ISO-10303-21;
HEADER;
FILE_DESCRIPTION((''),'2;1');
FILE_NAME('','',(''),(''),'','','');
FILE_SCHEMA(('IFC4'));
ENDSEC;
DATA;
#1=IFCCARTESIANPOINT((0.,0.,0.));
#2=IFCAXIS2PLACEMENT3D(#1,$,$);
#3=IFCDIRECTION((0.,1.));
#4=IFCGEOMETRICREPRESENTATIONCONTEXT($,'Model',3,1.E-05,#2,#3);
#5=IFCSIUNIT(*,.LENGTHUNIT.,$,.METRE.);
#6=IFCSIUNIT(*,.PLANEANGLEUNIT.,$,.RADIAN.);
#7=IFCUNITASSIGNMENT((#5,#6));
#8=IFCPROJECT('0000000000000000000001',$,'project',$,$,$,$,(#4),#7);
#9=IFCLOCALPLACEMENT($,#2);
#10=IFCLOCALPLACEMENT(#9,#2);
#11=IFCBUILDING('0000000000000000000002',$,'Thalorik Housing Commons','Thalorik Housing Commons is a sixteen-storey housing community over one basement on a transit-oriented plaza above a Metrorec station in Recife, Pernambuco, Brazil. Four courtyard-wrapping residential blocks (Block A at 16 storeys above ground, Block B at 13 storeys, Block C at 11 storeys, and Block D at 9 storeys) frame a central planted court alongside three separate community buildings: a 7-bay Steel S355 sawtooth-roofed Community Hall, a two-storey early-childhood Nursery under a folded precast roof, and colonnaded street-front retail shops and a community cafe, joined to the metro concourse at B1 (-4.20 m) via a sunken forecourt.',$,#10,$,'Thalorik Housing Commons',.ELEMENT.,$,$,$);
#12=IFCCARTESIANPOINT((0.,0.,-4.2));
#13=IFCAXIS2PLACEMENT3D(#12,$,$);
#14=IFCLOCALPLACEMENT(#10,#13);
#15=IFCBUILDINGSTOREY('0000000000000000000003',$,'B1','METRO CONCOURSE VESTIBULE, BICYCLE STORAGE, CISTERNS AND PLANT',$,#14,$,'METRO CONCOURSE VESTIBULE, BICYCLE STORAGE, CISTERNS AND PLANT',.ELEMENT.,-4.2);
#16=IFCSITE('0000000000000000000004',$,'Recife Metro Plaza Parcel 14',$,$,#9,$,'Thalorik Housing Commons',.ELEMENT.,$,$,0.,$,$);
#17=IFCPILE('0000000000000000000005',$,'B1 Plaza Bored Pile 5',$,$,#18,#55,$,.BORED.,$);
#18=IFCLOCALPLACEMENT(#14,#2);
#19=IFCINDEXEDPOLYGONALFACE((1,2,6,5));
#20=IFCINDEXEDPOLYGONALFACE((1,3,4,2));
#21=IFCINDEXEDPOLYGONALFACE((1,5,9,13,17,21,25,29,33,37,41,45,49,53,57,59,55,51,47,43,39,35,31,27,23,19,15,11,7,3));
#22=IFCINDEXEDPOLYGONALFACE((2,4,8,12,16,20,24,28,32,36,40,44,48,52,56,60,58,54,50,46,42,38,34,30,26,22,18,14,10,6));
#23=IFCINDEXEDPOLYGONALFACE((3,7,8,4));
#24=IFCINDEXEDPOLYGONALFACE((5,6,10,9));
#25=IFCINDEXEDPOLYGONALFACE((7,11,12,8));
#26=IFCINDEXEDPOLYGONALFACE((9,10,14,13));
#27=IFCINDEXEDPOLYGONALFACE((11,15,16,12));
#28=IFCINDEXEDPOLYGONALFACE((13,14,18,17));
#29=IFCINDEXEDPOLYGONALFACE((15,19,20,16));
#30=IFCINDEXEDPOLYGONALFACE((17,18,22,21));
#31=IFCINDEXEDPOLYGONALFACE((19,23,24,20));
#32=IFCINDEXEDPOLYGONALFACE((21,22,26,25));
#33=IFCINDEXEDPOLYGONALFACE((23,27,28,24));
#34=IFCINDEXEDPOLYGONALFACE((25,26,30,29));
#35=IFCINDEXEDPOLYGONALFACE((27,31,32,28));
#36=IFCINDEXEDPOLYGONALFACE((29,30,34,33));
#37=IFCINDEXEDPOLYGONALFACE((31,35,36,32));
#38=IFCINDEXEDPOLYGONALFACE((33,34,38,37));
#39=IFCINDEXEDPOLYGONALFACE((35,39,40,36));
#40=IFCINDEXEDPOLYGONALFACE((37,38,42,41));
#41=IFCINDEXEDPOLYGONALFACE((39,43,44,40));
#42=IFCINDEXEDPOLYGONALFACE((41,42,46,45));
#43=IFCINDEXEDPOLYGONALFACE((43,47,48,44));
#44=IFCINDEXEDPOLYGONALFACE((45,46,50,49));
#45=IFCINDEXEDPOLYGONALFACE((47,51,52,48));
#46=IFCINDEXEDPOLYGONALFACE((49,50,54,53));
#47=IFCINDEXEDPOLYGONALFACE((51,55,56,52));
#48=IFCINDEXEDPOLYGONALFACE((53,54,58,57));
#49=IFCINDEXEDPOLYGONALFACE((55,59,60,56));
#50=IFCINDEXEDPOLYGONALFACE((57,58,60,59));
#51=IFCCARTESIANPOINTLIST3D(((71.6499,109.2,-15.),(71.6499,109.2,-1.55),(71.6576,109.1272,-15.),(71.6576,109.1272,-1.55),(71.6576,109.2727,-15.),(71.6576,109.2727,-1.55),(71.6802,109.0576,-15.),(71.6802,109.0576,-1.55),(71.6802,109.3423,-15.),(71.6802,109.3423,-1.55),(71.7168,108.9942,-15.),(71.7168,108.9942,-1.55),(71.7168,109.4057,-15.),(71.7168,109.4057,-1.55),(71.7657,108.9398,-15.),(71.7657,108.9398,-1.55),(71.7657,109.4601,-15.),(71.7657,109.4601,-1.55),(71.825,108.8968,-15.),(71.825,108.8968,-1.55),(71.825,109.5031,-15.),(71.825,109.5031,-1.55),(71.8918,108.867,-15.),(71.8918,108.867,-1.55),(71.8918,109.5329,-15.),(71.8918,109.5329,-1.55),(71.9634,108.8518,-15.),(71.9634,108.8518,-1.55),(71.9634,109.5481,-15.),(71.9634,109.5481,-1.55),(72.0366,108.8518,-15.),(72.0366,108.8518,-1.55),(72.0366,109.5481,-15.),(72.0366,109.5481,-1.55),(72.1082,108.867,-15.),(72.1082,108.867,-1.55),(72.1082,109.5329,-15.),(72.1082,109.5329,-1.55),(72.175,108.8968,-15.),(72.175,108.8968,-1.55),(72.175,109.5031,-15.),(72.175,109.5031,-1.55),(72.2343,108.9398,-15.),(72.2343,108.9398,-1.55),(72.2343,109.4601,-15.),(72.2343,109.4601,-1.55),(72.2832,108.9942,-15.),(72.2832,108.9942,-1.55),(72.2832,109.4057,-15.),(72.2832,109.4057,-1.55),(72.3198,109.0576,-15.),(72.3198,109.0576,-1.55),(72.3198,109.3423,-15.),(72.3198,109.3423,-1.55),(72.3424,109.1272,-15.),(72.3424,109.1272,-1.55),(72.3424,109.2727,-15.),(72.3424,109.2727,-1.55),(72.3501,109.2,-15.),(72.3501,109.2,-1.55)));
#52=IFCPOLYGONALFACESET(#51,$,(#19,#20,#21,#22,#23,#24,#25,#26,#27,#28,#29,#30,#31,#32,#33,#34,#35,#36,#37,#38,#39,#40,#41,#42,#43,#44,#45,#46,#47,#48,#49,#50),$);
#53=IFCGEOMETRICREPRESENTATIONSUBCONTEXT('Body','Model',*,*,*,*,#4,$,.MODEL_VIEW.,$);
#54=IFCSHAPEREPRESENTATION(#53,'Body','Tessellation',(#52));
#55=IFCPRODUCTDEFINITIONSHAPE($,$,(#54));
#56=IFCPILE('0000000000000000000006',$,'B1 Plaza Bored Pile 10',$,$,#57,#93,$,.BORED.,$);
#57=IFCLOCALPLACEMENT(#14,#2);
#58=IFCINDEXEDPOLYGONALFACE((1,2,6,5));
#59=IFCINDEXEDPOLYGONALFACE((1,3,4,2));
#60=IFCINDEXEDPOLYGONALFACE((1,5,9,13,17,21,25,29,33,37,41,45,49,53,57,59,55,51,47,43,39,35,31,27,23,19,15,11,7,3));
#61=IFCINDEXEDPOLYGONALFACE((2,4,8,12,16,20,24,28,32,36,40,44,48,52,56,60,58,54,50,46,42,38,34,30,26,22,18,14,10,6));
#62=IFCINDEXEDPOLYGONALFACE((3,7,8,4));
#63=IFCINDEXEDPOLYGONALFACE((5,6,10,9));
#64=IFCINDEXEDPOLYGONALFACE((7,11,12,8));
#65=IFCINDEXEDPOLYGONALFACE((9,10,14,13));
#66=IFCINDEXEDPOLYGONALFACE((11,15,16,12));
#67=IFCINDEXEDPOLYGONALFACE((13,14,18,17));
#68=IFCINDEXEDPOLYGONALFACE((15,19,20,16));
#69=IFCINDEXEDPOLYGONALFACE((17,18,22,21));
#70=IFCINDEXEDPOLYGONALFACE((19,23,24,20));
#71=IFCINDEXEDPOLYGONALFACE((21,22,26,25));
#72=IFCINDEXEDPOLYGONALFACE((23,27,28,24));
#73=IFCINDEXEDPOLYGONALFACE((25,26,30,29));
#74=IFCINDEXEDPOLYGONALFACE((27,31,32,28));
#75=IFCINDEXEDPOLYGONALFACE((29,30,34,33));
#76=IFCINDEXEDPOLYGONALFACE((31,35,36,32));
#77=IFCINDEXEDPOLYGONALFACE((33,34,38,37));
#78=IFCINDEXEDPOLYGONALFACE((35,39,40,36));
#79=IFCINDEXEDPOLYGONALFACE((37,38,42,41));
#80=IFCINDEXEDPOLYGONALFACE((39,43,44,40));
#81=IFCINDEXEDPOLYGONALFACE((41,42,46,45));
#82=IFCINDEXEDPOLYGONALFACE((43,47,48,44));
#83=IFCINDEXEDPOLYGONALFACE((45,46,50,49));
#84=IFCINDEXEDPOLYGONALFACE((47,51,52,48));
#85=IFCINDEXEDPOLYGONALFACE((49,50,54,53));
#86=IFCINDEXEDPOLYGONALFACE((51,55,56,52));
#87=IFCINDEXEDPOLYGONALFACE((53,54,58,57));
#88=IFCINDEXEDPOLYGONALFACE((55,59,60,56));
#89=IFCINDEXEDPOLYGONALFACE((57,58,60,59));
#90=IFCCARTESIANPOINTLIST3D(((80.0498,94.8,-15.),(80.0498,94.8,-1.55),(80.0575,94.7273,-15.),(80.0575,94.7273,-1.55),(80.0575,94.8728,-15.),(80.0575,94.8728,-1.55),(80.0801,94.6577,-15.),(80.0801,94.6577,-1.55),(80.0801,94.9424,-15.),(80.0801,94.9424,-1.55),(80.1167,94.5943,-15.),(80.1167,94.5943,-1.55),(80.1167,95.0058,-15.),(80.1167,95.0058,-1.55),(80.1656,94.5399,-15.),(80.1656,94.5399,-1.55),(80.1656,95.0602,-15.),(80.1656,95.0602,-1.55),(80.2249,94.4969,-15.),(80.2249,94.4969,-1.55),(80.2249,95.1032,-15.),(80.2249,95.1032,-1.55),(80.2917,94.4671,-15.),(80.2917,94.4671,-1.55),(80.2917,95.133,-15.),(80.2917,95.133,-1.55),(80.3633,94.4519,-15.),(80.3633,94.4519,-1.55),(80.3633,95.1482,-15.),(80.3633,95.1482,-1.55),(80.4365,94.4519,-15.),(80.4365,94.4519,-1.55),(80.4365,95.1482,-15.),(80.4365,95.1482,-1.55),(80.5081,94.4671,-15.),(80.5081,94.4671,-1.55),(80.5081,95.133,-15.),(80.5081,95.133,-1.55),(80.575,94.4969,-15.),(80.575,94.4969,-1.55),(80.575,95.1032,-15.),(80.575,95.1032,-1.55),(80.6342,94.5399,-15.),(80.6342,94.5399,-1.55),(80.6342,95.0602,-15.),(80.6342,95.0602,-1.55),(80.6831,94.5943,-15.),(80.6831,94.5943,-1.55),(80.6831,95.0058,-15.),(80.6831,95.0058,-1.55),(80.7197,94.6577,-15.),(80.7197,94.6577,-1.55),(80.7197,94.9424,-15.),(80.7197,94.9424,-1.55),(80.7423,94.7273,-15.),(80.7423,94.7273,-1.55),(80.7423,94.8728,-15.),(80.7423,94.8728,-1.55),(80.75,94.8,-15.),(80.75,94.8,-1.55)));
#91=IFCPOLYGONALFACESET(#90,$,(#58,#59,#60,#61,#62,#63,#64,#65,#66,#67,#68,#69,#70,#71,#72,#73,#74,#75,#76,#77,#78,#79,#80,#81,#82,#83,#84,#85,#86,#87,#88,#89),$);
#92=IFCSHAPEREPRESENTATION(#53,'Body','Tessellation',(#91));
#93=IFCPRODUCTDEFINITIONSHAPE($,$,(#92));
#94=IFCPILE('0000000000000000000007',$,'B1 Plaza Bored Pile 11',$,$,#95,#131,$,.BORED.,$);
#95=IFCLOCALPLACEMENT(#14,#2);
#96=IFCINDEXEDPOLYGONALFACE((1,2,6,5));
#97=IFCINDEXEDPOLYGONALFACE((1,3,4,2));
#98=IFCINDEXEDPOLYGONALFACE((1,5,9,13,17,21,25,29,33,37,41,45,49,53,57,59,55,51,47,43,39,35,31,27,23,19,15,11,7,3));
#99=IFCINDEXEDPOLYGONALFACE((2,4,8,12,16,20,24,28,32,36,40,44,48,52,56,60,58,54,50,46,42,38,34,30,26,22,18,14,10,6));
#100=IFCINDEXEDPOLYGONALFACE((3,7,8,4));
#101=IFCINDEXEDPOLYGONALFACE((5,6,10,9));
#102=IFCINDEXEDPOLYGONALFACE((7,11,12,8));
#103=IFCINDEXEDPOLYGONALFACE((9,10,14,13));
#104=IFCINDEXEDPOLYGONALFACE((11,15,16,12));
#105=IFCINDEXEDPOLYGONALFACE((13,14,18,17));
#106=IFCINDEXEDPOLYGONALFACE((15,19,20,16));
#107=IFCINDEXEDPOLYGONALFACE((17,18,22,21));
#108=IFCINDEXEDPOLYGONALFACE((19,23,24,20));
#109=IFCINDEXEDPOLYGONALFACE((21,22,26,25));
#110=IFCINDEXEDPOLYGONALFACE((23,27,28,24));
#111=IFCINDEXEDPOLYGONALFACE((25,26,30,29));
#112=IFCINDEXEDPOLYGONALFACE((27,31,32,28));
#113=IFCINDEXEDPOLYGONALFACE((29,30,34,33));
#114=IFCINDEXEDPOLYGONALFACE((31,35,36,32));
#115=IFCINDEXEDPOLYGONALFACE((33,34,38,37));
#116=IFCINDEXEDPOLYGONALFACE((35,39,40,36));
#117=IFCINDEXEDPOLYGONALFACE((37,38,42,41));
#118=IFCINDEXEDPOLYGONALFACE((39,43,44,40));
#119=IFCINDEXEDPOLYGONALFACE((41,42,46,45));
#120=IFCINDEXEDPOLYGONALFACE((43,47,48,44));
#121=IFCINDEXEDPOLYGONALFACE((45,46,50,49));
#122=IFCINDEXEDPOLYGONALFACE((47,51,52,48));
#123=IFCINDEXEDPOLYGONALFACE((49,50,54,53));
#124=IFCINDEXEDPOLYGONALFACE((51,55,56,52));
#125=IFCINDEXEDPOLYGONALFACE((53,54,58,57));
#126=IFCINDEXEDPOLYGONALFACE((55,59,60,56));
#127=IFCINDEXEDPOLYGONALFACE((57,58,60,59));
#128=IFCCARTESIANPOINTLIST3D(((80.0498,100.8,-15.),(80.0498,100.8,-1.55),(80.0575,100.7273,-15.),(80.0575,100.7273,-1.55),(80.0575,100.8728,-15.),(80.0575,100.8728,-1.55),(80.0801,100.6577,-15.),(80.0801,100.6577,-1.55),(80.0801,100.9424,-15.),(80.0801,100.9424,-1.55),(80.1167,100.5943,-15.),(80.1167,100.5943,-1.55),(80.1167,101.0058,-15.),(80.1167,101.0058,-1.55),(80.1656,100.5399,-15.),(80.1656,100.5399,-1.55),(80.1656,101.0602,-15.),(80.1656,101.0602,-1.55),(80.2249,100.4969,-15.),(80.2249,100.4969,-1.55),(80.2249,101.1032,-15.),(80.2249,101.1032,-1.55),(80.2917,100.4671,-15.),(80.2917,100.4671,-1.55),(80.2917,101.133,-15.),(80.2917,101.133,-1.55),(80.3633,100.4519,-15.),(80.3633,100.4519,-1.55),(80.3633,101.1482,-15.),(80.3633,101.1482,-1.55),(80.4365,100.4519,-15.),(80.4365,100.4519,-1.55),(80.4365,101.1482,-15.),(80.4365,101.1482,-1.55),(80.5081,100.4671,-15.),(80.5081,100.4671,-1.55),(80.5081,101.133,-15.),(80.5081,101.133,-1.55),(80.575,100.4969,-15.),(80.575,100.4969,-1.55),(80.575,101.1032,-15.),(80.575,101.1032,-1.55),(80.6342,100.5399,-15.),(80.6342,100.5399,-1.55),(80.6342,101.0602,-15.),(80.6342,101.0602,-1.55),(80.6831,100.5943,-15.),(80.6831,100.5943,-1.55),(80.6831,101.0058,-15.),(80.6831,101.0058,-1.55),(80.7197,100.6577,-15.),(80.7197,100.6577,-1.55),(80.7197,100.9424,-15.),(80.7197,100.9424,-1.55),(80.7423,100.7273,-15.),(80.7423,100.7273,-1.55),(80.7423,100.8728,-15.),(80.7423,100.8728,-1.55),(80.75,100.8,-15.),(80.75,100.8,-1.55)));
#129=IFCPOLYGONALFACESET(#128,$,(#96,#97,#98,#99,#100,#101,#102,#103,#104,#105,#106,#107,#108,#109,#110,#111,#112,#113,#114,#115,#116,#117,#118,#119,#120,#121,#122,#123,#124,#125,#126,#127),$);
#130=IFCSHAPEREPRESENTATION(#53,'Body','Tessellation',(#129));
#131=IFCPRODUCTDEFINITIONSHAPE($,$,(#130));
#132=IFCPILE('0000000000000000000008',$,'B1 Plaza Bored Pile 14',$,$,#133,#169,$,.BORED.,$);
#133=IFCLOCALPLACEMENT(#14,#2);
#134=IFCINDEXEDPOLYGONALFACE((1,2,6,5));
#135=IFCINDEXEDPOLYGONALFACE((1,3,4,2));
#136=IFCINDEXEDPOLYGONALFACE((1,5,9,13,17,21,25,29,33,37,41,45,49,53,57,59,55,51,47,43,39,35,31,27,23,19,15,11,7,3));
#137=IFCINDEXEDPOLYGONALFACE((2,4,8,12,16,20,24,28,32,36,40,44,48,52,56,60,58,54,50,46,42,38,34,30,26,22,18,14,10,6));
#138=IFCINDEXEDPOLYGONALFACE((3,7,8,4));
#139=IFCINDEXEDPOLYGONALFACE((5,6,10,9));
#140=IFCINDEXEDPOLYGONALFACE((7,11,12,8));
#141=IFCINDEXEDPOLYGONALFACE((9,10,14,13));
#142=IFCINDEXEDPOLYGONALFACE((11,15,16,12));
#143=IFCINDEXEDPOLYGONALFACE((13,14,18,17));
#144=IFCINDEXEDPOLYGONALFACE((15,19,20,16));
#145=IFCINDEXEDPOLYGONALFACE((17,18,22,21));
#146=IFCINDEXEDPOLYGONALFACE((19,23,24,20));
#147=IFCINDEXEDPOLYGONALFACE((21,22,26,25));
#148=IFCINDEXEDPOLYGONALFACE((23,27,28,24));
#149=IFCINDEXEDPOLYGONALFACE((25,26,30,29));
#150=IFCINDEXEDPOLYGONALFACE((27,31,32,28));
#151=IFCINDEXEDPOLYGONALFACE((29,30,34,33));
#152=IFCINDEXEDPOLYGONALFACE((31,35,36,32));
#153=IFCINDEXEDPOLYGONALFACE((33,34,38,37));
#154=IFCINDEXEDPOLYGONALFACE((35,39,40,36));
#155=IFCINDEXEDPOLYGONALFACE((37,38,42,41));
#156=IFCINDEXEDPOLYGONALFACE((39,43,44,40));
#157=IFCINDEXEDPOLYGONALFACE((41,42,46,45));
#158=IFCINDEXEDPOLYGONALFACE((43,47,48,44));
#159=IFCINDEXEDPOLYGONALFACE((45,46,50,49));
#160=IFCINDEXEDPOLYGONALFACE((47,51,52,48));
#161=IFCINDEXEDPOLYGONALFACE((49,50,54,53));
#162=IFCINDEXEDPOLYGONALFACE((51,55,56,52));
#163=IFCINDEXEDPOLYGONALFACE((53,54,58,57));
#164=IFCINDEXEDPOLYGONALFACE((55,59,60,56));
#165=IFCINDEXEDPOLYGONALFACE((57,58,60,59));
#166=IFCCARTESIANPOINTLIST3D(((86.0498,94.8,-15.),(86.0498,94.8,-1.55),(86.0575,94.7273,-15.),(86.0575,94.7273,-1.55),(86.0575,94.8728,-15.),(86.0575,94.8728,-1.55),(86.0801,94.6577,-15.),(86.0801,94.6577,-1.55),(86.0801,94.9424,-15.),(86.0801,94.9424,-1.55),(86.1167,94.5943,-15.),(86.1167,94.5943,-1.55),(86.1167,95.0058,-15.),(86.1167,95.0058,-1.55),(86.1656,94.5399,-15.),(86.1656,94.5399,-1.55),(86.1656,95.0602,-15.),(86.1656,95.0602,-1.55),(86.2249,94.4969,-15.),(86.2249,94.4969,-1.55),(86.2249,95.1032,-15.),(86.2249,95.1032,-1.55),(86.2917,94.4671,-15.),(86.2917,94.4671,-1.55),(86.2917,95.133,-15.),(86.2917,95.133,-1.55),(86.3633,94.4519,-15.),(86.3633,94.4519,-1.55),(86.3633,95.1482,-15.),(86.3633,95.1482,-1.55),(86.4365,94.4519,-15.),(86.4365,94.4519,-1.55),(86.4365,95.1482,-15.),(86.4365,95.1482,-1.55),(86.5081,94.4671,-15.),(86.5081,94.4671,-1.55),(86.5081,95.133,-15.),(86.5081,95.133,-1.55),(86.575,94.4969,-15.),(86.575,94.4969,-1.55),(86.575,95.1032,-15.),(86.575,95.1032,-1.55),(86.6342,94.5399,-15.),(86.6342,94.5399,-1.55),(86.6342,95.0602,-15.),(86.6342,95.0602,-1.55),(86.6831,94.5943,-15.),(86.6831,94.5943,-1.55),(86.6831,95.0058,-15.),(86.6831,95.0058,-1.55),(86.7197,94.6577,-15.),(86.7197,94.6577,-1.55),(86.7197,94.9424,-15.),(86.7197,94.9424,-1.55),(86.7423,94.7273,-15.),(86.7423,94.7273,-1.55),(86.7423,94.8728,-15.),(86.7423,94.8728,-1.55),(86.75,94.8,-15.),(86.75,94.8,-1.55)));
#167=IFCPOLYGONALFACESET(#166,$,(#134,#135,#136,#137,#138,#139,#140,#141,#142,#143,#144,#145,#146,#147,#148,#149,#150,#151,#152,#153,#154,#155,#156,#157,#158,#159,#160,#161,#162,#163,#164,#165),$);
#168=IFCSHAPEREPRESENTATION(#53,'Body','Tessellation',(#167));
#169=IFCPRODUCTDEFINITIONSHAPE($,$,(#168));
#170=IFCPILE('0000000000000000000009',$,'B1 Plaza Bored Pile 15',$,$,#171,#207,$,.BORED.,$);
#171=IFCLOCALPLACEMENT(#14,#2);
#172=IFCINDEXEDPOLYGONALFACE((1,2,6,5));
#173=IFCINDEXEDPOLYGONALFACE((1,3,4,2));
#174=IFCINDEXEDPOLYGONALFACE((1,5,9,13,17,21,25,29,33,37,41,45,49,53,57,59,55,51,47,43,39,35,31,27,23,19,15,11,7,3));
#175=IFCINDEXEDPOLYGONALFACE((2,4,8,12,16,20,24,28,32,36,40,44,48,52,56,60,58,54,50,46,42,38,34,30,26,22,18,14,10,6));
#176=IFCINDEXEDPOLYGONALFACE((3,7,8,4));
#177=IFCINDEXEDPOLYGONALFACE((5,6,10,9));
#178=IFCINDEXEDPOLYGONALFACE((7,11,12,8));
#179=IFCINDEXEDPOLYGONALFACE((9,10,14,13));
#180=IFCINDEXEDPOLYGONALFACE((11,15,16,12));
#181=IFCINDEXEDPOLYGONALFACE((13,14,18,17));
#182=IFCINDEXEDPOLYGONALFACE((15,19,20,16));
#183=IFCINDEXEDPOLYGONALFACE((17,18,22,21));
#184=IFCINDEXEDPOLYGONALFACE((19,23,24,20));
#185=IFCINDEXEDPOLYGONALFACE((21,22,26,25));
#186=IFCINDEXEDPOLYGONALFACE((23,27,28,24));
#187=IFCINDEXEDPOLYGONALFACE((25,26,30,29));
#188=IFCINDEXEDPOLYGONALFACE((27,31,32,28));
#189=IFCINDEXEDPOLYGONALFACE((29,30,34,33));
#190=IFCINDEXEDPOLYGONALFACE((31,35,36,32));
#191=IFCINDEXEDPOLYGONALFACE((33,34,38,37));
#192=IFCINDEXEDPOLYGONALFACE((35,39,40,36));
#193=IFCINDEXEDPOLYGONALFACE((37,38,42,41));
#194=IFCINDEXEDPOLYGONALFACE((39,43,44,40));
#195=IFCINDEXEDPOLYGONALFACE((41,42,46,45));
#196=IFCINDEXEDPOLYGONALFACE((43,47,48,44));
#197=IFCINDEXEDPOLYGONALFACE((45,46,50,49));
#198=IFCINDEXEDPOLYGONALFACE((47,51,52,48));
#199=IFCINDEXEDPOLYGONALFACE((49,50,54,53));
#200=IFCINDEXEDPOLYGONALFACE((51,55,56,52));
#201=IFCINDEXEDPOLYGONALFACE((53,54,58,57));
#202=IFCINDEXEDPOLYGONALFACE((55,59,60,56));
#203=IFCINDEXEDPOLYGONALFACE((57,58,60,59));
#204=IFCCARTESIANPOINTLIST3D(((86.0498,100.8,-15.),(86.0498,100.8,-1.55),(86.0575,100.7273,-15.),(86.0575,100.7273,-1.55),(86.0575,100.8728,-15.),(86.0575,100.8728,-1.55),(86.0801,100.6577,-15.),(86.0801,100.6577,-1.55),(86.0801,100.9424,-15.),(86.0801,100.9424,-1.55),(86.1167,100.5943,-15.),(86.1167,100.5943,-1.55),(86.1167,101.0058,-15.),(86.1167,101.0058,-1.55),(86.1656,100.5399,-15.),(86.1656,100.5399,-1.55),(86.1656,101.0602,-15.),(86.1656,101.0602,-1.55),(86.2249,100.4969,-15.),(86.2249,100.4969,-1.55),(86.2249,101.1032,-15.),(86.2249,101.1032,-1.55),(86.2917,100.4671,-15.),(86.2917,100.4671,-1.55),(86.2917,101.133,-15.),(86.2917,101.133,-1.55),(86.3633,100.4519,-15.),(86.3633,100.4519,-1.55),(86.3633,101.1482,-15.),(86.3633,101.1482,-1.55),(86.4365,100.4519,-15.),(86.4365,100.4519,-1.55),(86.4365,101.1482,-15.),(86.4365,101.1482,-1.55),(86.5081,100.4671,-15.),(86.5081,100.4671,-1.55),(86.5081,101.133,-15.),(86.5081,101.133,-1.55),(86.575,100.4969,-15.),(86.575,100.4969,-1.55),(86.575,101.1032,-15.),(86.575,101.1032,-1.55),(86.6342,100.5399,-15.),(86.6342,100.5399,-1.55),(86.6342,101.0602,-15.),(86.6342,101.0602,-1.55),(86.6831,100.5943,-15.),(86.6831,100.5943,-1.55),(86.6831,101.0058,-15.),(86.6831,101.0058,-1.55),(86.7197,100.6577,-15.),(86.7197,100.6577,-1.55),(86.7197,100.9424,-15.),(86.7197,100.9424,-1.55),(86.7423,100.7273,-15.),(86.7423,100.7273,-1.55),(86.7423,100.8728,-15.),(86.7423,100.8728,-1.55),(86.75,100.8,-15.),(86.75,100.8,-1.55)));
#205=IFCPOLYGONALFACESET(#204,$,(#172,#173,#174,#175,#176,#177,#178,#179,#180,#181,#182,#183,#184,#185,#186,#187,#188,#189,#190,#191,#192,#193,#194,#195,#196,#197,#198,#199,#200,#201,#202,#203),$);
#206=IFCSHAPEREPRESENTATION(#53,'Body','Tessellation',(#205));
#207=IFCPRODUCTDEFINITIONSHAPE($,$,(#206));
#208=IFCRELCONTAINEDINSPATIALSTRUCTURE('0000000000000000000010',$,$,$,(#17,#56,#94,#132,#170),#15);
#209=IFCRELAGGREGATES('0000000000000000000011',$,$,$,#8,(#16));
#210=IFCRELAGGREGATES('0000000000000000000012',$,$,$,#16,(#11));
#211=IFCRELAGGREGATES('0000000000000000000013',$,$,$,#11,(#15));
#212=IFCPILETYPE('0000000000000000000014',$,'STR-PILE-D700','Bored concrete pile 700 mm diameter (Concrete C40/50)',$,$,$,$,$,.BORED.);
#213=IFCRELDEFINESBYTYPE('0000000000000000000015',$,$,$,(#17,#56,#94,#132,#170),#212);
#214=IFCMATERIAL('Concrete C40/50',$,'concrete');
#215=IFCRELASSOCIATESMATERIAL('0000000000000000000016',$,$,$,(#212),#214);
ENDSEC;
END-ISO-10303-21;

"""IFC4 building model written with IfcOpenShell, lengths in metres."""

from ifc_helpers import new_model, si_unit, direction, frame, origin, origin_2d, place, context, subcontext, project, spatial, circle, extrude, material, material_profile, profile_set, type_object, element, save


model = new_model("IFC4")

# Units and contexts
model_context = context("Model", 3, precision=1e-05, world=origin(), true_north=direction((0.0, 1.0)))
body_context = subcontext(model_context, "Body", "Model", "MODEL_VIEW")
ifc_project = project(units=[si_unit("LENGTHUNIT", "METRE"), si_unit("PLANEANGLEUNIT", "RADIAN")], contexts=[model_context])

# Site, building, storey
site_placement = place(None, origin())
site = spatial("IfcSite", under=ifc_project, at=site_placement, Name="Recife Metro Plaza Parcel 14", LongName="Thalorik Housing Commons", CompositionType="ELEMENT", RefElevation=0.0)
building_placement = place(site_placement, origin())
building = spatial("IfcBuilding", under=site, at=building_placement, Name="Thalorik Housing Commons", Description="Thalorik Housing Commons is a sixteen-storey housing community over one basement on a transit-oriented plaza above a Metrorec station in Recife, Pernambuco, Brazil. Four courtyard-wrapping residential blocks (Block A at 16 storeys above ground, Block B at 13 storeys, Block C at 11 storeys, and Block D at 9 storeys) frame a central planted court alongside three separate community buildings: a 7-bay Steel S355 sawtooth-roofed Community Hall, a two-storey early-childhood Nursery under a folded precast roof, and colonnaded street-front retail shops and a community cafe, joined to the metro concourse at B1 (-4.20 m) via a sunken forecourt.", LongName="Thalorik Housing Commons", CompositionType="ELEMENT")
storey_placement = place(building_placement, frame((0.0, 0.0, -4.2)))
storey = spatial("IfcBuildingStorey", under=building, at=storey_placement, Name="B1", Description="METRO CONCOURSE VESTIBULE, BICYCLE STORAGE, CISTERNS AND PLANT", LongName="METRO CONCOURSE VESTIBULE, BICYCLE STORAGE, CISTERNS AND PLANT", CompositionType="ELEMENT", Elevation=-4.2)

# Shared definitions
ifc_material_1 = material(Name="Concrete C40/50", Category="concrete")

# Piles
ifc_material_profile_1 = material_profile(ifc_material_1, circle(Radius=0.3501, at=origin_2d()), Name="BORED PILE D700", Category="concrete")
ifc_profile_set_1 = profile_set([ifc_material_profile_1], Name="Concrete C40/50")
pile_type = type_object("IfcPileType", Name="STR-PILE-D700", Description="Bored concrete pile 700 mm diameter (Concrete C40/50)", PredefinedType="BORED", material=ifc_profile_set_1)
for number, where, z_axis, x_axis, name in (
    (1, (72.0, 109.2, -1.55), (0.0, 0.0, -1.0), (1.0, 0.0, 0.0), "B1 Plaza Bored Pile 5"),
    (2, (80.3999, 94.8, -1.55), (0.0, 0.0, -1.0), (1.0, 0.0, 0.0), "B1 Plaza Bored Pile 10"),
    (3, (80.3999, 100.8, -1.55), (0.0, 0.0, -1.0), (1.0, 0.0, 0.0), "B1 Plaza Bored Pile 11"),
    (4, (86.3999, 94.8, -1.55), (0.0, 0.0, -1.0), (1.0, 0.0, 0.0), "B1 Plaza Bored Pile 14"),
    (5, (86.3999, 100.8, -1.55), (0.0, 0.0, -1.0), (1.0, 0.0, 0.0), "B1 Plaza Bored Pile 15"),
):
    element("IfcPile", number, at=place(storey_placement, frame(where, z_axis=z_axis, x_axis=x_axis)), inside=storey, type_object=pile_type, Name=name, PredefinedType="BORED", context=body_context, shape_type="SweptSolid", body=[
        extrude(circle(Radius=0.3501, at=origin_2d()), origin(), (0.0, 0.0, 1.0), 13.45),
    ])

save(model, "model.ifc")
